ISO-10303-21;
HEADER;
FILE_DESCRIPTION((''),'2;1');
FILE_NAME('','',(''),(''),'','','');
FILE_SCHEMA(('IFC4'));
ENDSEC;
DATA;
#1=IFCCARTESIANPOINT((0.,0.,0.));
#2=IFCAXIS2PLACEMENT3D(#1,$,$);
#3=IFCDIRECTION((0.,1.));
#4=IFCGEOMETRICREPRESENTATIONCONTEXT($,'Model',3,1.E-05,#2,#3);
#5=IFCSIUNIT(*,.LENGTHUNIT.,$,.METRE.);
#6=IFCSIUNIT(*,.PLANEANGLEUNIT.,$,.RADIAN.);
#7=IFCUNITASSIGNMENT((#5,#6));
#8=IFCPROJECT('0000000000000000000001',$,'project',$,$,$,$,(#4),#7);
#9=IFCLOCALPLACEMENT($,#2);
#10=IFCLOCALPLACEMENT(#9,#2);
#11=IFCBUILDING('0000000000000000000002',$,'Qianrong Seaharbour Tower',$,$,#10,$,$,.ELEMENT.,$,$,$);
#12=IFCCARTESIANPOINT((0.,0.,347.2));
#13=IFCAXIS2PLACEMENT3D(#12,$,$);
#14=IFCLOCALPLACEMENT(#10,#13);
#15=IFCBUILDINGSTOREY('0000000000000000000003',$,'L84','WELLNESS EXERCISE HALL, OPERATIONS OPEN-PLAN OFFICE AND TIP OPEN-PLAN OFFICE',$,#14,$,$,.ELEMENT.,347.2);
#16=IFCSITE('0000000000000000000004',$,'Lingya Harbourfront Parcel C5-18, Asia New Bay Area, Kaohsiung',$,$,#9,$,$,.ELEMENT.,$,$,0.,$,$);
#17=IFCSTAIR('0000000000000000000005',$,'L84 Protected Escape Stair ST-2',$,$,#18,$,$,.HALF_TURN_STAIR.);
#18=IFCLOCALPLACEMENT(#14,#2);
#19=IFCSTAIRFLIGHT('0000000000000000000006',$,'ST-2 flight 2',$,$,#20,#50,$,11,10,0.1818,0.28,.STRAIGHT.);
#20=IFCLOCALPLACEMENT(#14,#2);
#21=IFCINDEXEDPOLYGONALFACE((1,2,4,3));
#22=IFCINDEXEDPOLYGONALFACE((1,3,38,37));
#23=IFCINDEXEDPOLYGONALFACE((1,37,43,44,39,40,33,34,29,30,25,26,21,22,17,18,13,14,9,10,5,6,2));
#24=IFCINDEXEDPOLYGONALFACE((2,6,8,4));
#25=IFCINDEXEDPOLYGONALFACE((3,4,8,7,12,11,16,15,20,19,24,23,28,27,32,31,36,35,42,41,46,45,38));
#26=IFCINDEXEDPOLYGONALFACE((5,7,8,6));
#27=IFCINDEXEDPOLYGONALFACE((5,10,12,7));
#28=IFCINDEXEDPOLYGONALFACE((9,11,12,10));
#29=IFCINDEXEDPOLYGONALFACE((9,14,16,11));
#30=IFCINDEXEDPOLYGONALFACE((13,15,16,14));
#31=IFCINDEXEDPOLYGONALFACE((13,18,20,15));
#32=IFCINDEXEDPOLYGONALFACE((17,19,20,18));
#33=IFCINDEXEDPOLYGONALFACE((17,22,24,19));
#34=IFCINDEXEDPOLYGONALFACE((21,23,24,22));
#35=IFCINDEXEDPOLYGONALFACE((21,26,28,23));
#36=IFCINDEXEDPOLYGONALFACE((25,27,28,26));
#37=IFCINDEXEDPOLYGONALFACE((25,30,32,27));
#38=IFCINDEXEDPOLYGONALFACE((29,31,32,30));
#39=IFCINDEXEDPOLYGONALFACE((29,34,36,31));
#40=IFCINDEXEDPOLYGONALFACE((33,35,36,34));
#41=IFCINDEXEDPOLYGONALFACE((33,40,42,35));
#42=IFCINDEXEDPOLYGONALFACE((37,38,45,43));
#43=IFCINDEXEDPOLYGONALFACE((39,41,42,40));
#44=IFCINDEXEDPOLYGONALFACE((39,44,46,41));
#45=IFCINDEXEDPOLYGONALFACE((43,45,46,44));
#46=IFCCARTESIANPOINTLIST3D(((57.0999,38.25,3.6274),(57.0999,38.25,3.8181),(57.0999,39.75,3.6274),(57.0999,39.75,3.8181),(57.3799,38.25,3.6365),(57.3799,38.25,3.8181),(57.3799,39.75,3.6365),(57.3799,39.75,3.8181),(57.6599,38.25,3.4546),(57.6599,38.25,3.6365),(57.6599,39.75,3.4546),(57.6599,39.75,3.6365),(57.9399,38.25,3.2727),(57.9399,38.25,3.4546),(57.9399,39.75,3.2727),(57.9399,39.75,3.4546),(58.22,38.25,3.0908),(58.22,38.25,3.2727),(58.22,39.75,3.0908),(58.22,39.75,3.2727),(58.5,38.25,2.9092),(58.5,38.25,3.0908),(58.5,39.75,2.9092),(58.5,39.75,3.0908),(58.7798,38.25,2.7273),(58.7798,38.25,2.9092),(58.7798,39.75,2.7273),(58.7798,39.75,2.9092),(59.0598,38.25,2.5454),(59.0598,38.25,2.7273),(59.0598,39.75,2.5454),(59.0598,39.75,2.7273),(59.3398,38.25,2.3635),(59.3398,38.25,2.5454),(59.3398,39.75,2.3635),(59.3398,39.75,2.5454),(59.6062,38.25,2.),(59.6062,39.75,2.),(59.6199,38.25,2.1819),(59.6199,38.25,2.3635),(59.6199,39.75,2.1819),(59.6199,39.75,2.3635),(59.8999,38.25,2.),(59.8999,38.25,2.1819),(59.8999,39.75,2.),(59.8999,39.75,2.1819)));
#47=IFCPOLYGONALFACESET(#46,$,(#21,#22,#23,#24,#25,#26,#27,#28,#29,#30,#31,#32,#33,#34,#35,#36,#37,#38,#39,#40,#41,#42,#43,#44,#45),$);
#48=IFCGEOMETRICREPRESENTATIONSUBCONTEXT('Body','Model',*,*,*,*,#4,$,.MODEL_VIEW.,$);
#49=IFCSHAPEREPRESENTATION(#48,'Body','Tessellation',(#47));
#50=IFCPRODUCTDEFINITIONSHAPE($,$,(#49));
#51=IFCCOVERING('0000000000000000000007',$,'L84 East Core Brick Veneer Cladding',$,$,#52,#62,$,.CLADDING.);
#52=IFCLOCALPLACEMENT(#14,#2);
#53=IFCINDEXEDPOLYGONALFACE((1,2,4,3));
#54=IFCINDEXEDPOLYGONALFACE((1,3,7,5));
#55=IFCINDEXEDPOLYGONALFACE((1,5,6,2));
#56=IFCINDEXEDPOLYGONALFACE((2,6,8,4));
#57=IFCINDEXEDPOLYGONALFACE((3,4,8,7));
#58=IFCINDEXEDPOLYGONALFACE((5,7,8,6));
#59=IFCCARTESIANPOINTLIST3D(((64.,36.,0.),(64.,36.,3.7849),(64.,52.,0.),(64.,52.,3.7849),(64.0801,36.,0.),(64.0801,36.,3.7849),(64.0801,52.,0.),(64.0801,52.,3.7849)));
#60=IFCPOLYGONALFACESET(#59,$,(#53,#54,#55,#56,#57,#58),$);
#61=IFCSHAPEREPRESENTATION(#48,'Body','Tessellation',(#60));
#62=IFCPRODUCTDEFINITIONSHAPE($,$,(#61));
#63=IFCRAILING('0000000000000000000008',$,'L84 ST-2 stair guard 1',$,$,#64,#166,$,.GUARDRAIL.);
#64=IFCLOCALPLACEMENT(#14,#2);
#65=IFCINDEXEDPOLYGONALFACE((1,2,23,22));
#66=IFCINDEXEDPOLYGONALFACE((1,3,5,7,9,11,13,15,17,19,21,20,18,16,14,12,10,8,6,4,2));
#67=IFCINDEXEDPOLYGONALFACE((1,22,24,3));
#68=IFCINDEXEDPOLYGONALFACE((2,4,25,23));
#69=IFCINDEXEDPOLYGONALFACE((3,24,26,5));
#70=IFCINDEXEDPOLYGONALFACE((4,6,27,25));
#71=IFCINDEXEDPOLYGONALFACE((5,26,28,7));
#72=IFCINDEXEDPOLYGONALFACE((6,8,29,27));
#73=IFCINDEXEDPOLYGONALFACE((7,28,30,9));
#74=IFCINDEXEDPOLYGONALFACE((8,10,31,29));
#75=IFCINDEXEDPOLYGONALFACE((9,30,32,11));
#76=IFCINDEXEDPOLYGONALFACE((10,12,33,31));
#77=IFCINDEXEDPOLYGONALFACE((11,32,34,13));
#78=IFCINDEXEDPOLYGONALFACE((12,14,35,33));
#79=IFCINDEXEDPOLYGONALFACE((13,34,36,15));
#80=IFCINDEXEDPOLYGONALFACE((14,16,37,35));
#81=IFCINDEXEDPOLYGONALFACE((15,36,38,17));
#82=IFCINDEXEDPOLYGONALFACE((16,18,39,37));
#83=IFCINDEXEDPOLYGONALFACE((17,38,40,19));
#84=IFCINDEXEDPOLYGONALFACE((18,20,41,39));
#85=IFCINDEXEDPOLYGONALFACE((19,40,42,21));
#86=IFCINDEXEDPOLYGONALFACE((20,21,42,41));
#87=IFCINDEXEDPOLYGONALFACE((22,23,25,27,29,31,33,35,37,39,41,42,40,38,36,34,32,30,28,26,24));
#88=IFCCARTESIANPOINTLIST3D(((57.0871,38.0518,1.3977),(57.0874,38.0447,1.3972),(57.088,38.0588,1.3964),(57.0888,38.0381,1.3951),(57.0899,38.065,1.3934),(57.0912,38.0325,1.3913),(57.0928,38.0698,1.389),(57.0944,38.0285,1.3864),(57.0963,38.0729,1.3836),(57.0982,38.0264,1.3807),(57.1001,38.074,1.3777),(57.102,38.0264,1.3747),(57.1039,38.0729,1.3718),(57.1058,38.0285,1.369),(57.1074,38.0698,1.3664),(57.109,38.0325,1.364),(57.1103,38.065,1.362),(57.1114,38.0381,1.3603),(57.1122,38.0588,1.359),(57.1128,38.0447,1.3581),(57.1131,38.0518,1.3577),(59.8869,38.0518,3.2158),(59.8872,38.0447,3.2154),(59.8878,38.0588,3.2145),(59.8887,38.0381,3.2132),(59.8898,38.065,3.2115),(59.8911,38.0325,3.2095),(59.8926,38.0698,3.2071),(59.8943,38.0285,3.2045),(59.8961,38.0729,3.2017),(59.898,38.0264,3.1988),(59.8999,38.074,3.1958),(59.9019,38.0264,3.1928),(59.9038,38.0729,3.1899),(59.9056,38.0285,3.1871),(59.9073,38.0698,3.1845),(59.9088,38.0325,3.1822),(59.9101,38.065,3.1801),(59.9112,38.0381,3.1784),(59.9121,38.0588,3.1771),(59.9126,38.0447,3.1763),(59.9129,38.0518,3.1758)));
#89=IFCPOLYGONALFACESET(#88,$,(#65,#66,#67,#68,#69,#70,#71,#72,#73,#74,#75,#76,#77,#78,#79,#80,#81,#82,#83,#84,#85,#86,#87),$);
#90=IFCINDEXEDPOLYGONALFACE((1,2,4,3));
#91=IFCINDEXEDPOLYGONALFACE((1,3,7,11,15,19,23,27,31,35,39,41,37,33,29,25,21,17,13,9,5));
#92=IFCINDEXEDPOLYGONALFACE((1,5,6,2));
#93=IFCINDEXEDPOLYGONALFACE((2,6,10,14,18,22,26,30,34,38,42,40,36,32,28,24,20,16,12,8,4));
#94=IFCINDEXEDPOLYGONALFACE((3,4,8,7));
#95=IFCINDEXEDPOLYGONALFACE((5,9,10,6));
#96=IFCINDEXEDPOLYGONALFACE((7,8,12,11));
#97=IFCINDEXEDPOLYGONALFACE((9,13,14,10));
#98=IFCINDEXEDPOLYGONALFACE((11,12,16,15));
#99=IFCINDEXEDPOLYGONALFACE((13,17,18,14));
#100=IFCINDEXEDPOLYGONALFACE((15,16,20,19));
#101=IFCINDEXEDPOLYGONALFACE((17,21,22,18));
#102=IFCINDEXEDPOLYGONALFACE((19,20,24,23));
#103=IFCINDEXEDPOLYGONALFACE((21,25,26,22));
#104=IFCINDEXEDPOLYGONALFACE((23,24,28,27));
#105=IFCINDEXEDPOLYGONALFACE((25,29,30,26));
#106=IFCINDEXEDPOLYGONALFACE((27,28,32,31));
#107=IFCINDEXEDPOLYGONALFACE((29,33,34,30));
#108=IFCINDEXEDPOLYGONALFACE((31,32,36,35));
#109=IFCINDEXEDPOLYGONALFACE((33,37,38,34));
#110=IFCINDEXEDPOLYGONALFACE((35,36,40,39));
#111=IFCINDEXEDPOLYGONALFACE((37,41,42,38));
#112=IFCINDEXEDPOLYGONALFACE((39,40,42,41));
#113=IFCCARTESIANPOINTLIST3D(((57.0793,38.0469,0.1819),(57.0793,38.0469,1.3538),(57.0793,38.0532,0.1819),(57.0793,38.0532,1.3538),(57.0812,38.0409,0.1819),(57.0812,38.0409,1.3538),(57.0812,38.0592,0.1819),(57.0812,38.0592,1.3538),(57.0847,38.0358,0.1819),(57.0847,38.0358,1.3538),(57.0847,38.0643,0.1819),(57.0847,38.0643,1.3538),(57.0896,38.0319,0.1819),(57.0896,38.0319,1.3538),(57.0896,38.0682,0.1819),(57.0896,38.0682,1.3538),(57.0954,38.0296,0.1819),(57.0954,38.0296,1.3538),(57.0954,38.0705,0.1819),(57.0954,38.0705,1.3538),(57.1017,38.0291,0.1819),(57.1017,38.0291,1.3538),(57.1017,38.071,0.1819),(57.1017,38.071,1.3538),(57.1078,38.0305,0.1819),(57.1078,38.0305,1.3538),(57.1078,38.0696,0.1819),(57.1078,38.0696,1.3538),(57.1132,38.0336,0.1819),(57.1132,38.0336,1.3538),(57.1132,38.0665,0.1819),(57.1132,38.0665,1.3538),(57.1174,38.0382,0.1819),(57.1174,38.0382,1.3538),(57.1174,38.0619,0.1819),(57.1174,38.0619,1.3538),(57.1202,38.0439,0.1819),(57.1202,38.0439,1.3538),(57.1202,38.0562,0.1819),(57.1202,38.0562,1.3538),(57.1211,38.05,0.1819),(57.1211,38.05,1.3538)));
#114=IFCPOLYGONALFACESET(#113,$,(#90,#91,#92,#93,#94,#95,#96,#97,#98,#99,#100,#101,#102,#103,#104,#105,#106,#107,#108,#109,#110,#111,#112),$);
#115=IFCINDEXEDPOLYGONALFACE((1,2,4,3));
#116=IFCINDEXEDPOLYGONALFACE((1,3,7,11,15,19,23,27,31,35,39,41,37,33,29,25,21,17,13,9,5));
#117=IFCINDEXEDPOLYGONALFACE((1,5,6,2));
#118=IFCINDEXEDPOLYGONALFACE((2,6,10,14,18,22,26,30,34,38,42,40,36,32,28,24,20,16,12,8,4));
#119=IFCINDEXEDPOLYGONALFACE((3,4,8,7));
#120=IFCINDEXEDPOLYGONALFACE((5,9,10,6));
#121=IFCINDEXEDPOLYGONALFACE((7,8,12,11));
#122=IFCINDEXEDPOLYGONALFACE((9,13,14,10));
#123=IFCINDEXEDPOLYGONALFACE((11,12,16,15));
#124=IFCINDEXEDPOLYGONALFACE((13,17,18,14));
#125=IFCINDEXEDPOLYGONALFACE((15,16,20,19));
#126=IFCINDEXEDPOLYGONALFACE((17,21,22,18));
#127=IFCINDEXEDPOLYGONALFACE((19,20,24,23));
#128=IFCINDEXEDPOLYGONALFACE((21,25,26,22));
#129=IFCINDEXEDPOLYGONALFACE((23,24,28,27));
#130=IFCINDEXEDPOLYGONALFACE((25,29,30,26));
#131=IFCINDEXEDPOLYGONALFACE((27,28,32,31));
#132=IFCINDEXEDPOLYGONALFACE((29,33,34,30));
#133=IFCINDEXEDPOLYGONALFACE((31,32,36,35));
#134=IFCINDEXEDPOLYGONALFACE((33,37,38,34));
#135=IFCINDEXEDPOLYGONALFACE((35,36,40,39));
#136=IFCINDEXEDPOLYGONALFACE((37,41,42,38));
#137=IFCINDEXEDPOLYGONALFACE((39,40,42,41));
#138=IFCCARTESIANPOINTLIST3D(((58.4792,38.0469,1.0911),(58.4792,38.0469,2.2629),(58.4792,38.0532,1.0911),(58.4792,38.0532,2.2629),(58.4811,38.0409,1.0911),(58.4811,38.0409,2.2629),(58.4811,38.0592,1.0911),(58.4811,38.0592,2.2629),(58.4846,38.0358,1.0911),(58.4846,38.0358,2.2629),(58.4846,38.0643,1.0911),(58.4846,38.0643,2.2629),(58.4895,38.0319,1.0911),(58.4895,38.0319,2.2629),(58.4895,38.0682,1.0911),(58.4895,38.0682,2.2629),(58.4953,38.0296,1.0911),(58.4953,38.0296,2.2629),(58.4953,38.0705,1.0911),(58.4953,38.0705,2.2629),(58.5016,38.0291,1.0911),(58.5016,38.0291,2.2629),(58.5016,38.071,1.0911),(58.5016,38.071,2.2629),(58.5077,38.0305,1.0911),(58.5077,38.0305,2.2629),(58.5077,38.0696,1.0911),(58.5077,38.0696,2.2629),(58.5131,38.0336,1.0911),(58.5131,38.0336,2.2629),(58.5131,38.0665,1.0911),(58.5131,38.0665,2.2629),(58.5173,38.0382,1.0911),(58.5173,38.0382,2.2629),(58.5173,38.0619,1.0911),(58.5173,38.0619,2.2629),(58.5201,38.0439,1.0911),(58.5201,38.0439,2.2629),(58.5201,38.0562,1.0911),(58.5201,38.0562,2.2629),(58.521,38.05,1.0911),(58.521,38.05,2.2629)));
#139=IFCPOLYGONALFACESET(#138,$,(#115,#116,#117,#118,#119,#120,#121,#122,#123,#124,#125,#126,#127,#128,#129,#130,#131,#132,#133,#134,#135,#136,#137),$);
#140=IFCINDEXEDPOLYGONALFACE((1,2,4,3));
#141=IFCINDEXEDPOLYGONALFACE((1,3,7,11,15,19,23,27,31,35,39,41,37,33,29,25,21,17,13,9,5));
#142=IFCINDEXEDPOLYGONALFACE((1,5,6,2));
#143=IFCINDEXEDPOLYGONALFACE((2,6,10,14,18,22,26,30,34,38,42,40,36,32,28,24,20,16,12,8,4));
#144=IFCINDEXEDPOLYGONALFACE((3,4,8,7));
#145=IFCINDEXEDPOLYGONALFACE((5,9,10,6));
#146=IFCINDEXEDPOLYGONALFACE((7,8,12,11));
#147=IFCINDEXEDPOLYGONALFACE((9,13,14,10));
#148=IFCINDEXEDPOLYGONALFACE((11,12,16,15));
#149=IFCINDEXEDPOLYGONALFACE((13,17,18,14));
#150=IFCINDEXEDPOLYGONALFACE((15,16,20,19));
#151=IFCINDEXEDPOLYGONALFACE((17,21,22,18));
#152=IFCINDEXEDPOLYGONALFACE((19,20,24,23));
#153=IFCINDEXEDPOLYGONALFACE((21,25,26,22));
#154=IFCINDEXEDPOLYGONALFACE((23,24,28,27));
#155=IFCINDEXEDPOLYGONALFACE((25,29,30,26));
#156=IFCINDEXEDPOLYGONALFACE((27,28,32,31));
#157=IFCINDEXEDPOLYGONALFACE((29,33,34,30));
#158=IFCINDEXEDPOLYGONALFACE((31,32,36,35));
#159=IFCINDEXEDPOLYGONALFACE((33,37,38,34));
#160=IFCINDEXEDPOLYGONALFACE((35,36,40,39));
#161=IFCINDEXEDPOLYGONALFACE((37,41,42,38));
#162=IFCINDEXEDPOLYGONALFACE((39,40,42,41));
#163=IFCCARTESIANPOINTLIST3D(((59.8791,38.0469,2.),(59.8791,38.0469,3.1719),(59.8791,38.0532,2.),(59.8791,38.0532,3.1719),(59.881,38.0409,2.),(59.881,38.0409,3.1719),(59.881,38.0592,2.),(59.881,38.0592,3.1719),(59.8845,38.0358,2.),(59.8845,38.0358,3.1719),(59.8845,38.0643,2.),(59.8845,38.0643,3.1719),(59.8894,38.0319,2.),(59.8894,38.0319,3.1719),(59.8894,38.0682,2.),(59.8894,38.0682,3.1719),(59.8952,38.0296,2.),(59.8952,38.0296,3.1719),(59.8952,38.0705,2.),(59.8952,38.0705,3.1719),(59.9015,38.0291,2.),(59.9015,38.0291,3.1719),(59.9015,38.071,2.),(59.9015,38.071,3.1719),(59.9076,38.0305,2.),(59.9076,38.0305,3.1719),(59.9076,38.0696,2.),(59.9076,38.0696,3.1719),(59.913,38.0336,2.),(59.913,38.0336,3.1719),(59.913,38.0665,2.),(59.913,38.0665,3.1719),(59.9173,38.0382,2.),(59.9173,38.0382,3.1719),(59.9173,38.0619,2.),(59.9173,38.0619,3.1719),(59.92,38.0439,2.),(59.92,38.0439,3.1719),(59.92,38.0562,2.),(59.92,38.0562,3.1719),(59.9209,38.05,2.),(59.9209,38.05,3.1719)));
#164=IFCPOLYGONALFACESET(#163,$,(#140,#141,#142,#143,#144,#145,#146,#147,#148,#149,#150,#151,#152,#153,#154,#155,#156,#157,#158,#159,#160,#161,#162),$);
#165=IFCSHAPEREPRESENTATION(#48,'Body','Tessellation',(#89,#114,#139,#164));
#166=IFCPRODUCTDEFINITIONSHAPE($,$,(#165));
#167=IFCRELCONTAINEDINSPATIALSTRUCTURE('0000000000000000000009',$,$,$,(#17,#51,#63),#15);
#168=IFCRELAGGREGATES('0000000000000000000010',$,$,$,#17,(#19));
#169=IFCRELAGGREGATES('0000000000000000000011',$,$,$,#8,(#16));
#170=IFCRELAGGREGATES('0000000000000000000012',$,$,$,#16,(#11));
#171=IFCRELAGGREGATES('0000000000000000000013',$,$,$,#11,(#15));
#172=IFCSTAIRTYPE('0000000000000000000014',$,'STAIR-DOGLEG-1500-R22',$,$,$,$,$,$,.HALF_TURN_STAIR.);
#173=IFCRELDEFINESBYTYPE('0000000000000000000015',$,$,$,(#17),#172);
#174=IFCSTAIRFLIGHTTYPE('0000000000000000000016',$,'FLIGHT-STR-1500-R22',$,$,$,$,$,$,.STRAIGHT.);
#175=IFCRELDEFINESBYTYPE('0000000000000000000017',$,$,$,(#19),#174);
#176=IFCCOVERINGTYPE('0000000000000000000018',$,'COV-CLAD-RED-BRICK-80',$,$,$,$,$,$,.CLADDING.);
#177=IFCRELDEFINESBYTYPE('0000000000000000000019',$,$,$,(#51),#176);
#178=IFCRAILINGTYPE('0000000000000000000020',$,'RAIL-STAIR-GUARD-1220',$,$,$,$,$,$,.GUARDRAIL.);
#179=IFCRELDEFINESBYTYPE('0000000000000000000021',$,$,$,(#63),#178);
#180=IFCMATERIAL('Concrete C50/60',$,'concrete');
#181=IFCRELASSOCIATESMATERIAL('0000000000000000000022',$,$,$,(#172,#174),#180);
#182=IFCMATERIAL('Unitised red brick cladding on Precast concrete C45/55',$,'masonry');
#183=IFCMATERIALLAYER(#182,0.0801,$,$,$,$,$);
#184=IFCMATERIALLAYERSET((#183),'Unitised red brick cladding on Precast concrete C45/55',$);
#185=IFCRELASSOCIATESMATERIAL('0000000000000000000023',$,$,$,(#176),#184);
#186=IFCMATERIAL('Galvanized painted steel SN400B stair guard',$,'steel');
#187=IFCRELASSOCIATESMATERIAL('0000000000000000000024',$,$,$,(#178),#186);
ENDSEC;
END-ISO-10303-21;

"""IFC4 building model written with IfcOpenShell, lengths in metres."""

from ifc_helpers import new_model, si_unit, direction, frame, origin, origin_2d, place, context, subcontext, project, spatial, polyline, rectangle, circle, outline, extrude, material, layer, layer_set, type_object, element, aggregate, save


model = new_model("IFC4")

# Units and contexts
model_context = context("Model", 3, precision=1e-05, world=origin(), true_north=direction((0.0, 1.0)))
body_context = subcontext(model_context, "Body", "Model", "MODEL_VIEW")
ifc_project = project(units=[si_unit("LENGTHUNIT", "METRE"), si_unit("PLANEANGLEUNIT", "RADIAN")], contexts=[model_context])

# Site, building, storey
site_placement = place(None, origin())
site = spatial("IfcSite", under=ifc_project, at=site_placement, Name="Lingya Harbourfront Parcel C5-18, Asia New Bay Area, Kaohsiung", CompositionType="ELEMENT", RefElevation=0.0)
building_placement = place(site_placement, origin())
building = spatial("IfcBuilding", under=site, at=building_placement, Name="Qianrong Seaharbour Tower", CompositionType="ELEMENT")
storey_placement = place(building_placement, frame((0.0, 0.0, 347.2)))
storey = spatial("IfcBuildingStorey", under=building, at=storey_placement, Name="L84", Description="WELLNESS EXERCISE HALL, OPERATIONS OPEN-PLAN OFFICE AND TIP OPEN-PLAN OFFICE", CompositionType="ELEMENT", Elevation=347.2)

# Shared definitions
ifc_material_1 = material(Name="Concrete C50/60", Category="concrete")

# Stair, stair flight
stair_type = type_object("IfcStairType", Name="STAIR-DOGLEG-1500-R22", PredefinedType="HALF_TURN_STAIR", material=ifc_material_1)
stair_placement = place(storey_placement, origin())
stair = element("IfcStair", 1, at=stair_placement, inside=storey, type_object=stair_type, Name="L84 Protected Escape Stair ST-2", PredefinedType="HALF_TURN_STAIR")
stair_flight_type = type_object("IfcStairFlightType", Name="FLIGHT-STR-1500-R22", PredefinedType="STRAIGHT", material=ifc_material_1)
stair_flight_1_placement = place(storey_placement, frame((59.8999, 39.0, 2.0), z_axis=(0.0, 0.0, 1.0), x_axis=(-1.0, 0.0, 0.0)))
stair_flight_1 = element("IfcStairFlight", 2, at=stair_flight_1_placement, type_object=stair_flight_type, Name="ST-2 flight 2", NumberOfRisers=11, NumberOfTreads=10, PredefinedType="STRAIGHT", RiserHeight=0.1818, TreadLength=0.28, context=body_context, shape_type="SweptSolid", body=[
    extrude(outline(polyline([(0.0, 0.0), (0.0, 0.1819), (0.28, 0.1819), (0.28, 0.3635), (0.5601, 0.3635), (0.5601, 0.5454), (0.8401, 0.5454), (0.8401, 0.7273), (1.1201, 0.7273), (1.1201, 0.9092), (1.3999, 0.9092), (1.3999, 1.0908), (1.6799, 1.0908), (1.6799, 1.2727), (1.96, 1.2727), (1.96, 1.4546), (2.24, 1.4546), (2.24, 1.6365), (2.52, 1.6365), (2.52, 1.8181), (2.8, 1.8181), (2.8, 2.0), (2.8, 1.6274), (0.2937, 0.0), (0.0, 0.0)])), frame((0.0, 0.75, 0.0), z_axis=(0.0, -1.0, 0.0), x_axis=(1.0, 0.0, 0.0)), (0.0, 0.0, 1.0), 1.5),
])
aggregate(stair, [stair_flight_1])

# Covering
ifc_material_2 = material(Name="Unitised red brick cladding on Precast concrete C45/55", Category="masonry")
ifc_layer_1 = layer(ifc_material_2, 0.0801)
ifc_layer_set_1 = layer_set([ifc_layer_1], Name="Unitised red brick cladding on Precast concrete C45/55")
covering_type = type_object("IfcCoveringType", Name="COV-CLAD-RED-BRICK-80", PredefinedType="CLADDING", material=ifc_layer_set_1)
covering_placement = place(storey_placement, frame((64.04, 44.0, 0.0), z_axis=(0.0, 0.0, 1.0), x_axis=(1.0, 0.0, 0.0)))
element("IfcCovering", 3, at=covering_placement, inside=storey, type_object=covering_type, Name="L84 East Core Brick Veneer Cladding", PredefinedType="CLADDING", context=body_context, shape_type="SweptSolid", body=[
    extrude(rectangle(XDim=0.0801, YDim=16.0, at=origin_2d()), origin(), (0.0, 0.0, 1.0), 3.7849),
])

# Railing
ifc_material_3 = material(Name="Galvanized painted steel SN400B stair guard", Category="steel")
railing_type_1 = type_object("IfcRailingType", Name="RAIL-STAIR-GUARD-1220", PredefinedType="GUARDRAIL", material=ifc_material_3)
railing_1_placement = place(storey_placement, frame((57.1001, 38.05, 0.1819)))
element("IfcRailing", 4, at=railing_1_placement, inside=storey, type_object=railing_type_1, Name="L84 ST-2 stair guard 1", PredefinedType="GUARDRAIL", context=body_context, shape_type="SweptSolid", body=[
    extrude(circle(Radius=0.0239, at=origin_2d()), frame((0.0, 0.0, 1.1958), z_axis=(0.838684, 0.0, 0.544618), x_axis=(0.0, 1.0, 0.0)), (0.0, 0.0, 1.0), 3.3384),
    extrude(circle(Radius=0.021, at=origin_2d()), origin(), (0.0, 0.0, 1.0), 1.1719),
    extrude(circle(Radius=0.021, at=origin_2d()), frame((1.3999, 0.0, 0.9092)), (0.0, 0.0, 1.0), 1.1719),
    extrude(circle(Radius=0.021, at=origin_2d()), frame((2.7998, 0.0, 1.8181)), (0.0, 0.0, 1.0), 1.1719),
])

save(model, "model.ifc")
